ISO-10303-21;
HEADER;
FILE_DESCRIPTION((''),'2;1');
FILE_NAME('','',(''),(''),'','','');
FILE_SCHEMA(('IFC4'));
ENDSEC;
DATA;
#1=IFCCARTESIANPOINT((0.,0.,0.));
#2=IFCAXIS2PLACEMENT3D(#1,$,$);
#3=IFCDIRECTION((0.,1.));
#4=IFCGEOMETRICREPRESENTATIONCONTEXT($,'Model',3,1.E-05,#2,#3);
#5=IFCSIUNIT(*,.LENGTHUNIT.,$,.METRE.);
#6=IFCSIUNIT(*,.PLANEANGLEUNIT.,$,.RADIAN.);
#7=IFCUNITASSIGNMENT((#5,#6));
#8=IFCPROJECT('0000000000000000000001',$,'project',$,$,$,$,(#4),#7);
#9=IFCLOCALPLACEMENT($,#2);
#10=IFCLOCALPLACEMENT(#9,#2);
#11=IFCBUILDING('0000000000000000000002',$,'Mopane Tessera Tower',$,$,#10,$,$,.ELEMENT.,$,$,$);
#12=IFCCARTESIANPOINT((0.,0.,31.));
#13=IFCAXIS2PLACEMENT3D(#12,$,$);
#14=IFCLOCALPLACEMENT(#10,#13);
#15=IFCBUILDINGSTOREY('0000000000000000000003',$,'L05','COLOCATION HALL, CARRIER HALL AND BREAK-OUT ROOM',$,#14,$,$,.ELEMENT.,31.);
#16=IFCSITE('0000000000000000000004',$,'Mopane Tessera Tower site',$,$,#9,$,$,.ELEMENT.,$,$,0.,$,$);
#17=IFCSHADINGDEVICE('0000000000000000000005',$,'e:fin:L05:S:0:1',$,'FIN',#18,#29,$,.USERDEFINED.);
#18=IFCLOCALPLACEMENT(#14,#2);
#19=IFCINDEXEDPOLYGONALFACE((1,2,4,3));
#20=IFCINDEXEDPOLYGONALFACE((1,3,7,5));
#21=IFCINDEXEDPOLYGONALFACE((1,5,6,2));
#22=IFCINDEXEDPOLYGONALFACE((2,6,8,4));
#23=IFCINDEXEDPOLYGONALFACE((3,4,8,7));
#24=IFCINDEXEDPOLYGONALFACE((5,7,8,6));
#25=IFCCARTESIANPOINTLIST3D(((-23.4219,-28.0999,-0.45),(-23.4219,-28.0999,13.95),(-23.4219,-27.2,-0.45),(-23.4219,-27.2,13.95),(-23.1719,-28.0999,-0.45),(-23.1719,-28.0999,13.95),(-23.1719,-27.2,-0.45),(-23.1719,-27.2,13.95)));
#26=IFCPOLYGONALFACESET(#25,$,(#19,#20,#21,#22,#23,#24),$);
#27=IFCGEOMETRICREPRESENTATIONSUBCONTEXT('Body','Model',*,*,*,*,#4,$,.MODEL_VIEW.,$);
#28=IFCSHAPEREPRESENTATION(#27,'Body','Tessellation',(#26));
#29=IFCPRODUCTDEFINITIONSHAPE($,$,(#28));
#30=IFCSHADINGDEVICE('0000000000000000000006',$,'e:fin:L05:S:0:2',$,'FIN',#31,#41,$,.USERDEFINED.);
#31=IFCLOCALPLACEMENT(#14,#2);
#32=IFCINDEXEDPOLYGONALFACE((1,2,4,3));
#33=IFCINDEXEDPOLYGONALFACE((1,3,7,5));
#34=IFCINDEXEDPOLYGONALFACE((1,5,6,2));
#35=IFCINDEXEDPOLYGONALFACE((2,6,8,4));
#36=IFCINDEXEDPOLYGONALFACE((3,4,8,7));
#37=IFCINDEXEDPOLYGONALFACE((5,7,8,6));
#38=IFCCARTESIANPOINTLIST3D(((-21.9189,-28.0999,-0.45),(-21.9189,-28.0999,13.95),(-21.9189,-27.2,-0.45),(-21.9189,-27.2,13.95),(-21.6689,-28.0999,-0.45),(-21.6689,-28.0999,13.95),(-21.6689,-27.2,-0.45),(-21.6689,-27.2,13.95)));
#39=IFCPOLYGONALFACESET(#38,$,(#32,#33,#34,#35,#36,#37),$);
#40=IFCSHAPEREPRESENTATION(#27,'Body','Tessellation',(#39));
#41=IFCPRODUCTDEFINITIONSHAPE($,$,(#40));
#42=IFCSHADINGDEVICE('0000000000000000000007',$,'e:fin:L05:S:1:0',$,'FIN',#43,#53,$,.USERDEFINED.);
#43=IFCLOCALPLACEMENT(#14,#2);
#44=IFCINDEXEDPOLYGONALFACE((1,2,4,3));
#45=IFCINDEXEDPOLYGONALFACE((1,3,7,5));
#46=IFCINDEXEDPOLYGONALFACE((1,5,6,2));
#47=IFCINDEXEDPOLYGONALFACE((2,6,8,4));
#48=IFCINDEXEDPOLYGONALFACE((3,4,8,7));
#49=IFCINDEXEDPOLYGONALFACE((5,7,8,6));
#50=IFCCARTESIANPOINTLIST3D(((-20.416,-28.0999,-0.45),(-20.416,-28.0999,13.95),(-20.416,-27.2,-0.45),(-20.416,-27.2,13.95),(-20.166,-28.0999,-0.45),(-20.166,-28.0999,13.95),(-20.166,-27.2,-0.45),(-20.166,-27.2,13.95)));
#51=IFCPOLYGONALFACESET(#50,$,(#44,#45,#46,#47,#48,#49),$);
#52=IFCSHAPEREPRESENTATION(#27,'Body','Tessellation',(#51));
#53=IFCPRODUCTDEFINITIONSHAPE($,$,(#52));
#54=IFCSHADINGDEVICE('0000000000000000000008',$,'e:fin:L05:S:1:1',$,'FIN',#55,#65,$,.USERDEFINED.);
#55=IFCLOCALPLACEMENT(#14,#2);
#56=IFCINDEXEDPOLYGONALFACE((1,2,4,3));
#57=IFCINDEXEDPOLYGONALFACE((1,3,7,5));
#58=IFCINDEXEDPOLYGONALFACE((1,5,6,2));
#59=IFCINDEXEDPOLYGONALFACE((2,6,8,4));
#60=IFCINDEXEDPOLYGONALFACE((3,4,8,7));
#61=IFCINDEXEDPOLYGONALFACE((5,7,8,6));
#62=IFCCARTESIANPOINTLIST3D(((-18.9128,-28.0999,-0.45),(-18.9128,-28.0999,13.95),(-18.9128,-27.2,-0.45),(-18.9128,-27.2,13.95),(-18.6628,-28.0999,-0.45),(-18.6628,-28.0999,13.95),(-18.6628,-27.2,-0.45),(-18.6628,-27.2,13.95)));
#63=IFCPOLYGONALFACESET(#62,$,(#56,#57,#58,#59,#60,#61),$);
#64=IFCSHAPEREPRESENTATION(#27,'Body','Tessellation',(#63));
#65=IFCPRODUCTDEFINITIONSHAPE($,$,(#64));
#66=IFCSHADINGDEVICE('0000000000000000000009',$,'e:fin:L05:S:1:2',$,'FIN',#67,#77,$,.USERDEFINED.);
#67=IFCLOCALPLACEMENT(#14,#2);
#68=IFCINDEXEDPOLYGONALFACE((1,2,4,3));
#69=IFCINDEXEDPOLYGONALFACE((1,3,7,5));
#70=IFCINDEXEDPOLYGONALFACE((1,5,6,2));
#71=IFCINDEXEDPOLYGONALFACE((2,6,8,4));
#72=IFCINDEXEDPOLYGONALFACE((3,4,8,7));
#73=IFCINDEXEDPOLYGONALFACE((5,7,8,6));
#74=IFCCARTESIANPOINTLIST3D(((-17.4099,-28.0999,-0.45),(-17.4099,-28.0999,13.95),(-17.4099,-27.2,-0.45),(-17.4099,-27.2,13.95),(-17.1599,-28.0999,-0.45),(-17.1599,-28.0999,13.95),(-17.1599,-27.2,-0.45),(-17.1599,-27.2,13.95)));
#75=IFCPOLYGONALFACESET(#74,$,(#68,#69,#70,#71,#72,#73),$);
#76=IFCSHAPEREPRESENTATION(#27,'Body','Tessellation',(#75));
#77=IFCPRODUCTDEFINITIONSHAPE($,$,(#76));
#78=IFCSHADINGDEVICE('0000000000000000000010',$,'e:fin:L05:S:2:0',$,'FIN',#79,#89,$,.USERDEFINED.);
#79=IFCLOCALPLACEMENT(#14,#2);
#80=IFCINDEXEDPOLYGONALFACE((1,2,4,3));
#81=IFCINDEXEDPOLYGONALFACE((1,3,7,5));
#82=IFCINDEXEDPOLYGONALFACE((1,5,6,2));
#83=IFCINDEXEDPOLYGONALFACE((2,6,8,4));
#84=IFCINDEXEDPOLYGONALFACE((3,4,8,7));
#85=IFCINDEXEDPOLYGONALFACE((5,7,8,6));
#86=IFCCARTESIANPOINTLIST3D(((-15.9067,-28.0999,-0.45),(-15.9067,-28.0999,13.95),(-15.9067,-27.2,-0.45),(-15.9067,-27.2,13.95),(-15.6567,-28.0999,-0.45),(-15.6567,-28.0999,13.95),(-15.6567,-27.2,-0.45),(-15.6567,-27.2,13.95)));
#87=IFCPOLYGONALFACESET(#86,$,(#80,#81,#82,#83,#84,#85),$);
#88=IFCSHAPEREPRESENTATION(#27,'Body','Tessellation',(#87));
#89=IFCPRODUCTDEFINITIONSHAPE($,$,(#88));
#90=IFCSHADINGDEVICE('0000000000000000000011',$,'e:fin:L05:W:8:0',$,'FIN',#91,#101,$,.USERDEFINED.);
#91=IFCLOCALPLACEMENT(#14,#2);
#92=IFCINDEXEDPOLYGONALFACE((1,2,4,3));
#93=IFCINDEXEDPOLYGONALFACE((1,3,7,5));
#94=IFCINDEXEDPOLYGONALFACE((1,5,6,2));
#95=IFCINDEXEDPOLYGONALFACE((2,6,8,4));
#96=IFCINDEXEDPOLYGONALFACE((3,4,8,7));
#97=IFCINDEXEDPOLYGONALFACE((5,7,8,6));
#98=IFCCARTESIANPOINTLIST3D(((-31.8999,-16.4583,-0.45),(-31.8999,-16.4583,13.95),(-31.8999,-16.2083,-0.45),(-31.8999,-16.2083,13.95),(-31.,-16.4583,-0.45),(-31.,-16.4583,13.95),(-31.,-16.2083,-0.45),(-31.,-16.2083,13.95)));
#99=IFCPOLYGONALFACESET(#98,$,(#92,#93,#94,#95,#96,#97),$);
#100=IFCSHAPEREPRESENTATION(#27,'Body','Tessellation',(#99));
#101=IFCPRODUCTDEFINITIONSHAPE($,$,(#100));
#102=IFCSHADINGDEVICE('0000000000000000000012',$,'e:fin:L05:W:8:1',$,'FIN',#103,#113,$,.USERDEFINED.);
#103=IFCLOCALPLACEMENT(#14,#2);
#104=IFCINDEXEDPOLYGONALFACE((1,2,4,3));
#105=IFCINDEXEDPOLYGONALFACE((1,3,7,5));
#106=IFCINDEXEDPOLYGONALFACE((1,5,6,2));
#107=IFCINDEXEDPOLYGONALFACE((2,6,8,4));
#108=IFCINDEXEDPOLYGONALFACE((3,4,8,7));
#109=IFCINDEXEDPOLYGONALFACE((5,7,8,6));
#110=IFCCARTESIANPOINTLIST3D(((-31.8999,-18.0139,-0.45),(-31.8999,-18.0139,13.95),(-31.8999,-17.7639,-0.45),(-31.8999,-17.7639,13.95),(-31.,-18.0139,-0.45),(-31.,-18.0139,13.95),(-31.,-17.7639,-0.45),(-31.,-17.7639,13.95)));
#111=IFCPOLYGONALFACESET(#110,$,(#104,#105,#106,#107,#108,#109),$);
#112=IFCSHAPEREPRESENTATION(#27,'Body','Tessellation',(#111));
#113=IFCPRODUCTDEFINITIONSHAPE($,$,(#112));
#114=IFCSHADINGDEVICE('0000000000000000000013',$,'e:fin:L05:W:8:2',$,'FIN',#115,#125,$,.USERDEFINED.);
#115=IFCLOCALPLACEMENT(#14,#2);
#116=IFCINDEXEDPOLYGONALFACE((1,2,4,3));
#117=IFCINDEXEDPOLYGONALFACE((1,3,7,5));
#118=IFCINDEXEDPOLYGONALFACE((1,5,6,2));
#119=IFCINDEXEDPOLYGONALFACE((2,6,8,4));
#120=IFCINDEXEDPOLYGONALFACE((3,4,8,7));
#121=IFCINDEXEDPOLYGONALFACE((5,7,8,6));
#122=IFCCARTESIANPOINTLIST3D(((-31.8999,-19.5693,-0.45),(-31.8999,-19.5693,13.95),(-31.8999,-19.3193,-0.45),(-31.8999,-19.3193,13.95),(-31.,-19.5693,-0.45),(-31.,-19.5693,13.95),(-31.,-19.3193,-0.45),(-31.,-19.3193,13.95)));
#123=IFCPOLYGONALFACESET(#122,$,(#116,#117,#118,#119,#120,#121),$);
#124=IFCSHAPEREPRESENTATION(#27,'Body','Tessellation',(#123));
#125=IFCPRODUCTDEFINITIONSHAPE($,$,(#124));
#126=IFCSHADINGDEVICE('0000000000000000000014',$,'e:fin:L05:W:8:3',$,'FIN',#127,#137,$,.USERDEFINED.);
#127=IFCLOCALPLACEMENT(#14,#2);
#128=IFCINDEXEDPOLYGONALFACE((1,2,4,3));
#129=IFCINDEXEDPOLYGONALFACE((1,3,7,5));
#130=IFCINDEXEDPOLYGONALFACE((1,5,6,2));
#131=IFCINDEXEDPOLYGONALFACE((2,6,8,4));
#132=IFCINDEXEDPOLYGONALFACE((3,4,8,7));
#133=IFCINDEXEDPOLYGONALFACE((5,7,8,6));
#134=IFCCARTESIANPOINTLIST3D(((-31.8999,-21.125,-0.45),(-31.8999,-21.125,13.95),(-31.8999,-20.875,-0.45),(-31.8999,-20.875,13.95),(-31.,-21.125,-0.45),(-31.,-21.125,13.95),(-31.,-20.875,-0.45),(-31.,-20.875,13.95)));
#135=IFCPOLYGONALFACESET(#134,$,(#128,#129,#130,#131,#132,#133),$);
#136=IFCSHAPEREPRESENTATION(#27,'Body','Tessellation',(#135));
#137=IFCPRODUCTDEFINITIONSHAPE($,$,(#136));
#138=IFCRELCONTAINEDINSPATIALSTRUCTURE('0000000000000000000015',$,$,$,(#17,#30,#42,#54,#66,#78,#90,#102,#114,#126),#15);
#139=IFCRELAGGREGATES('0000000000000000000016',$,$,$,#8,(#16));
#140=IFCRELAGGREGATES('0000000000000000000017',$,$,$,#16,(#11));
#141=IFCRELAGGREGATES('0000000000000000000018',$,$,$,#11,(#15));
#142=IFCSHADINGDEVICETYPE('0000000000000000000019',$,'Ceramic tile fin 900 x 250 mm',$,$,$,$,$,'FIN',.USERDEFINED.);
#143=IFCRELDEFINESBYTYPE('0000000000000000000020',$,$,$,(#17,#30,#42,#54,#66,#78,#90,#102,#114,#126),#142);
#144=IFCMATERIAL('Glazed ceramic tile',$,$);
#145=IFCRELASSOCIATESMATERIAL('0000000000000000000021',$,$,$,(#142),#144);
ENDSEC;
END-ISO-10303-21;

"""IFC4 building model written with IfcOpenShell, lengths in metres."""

from ifc_helpers import new_model, si_unit, direction, frame, origin, origin_2d, place, context, subcontext, project, spatial, rectangle, extrude, material, type_object, element, save


model = new_model("IFC4")

# Units and contexts
model_context = context("Model", 3, precision=1e-05, world=origin(), true_north=direction((0.0, 1.0)))
body_context = subcontext(model_context, "Body", "Model", "MODEL_VIEW")
ifc_project = project(units=[si_unit("LENGTHUNIT", "METRE"), si_unit("PLANEANGLEUNIT", "RADIAN")], contexts=[model_context])

# Site, building, storey
site_placement = place(None, origin())
site = spatial("IfcSite", under=ifc_project, at=site_placement, Name="Mopane Tessera Tower site", CompositionType="ELEMENT", RefElevation=0.0)
building_placement = place(site_placement, origin())
building = spatial("IfcBuilding", under=site, at=building_placement, Name="Mopane Tessera Tower", CompositionType="ELEMENT")
storey_placement = place(building_placement, frame((0.0, 0.0, 31.0)))
storey = spatial("IfcBuildingStorey", under=building, at=storey_placement, Name="L05", Description="COLOCATION HALL, CARRIER HALL AND BREAK-OUT ROOM", CompositionType="ELEMENT", Elevation=31.0)

# Shading devices
ifc_material_1 = material(Name="Glazed ceramic tile")
shading_device_type = type_object("IfcShadingDeviceType", Name="Ceramic tile fin 900 x 250 mm", ElementType="FIN", PredefinedType="USERDEFINED", material=ifc_material_1)
for number, where, z_axis, x_axis, name in (
    (1, (-23.2969, -27.6499, -0.45), (0.0, 0.0, 1.0), (1.0, 0.0, 0.0), "e:fin:L05:S:0:1"),
    (2, (-21.7939, -27.6499, -0.45), (0.0, 0.0, 1.0), (1.0, 0.0, 0.0), "e:fin:L05:S:0:2"),
    (3, (-20.291, -27.6499, -0.45), (0.0, 0.0, 1.0), (1.0, 0.0, 0.0), "e:fin:L05:S:1:0"),
    (4, (-18.7878, -27.6499, -0.45), (0.0, 0.0, 1.0), (1.0, 0.0, 0.0), "e:fin:L05:S:1:1"),
    (5, (-17.2849, -27.6499, -0.45), (0.0, 0.0, 1.0), (1.0, 0.0, 0.0), "e:fin:L05:S:1:2"),
    (6, (-15.7817, -27.6499, -0.45), (0.0, 0.0, 1.0), (1.0, 0.0, 0.0), "e:fin:L05:S:2:0"),
    (7, (-31.45, -16.3333, -0.45), (0.0, 0.0, 1.0), (0.0, -1.0, 0.0), "e:fin:L05:W:8:0"),
    (8, (-31.45, -17.8889, -0.45), (0.0, 0.0, 1.0), (0.0, -1.0, 0.0), "e:fin:L05:W:8:1"),
    (9, (-31.45, -19.4443, -0.45), (0.0, 0.0, 1.0), (0.0, -1.0, 0.0), "e:fin:L05:W:8:2"),
    (10, (-31.45, -21.0, -0.45), (0.0, 0.0, 1.0), (0.0, -1.0, 0.0), "e:fin:L05:W:8:3"),
):
    element("IfcShadingDevice", number, at=place(storey_placement, frame(where, z_axis=z_axis, x_axis=x_axis)), inside=storey, type_object=shading_device_type, Name=name, ObjectType="FIN", PredefinedType="USERDEFINED", context=body_context, shape_type="SweptSolid", body=[
        extrude(rectangle(XDim=0.25, YDim=0.8999, at=origin_2d()), origin(), (0.0, 0.0, 1.0), 14.3999),
    ])

save(model, "model.ifc")
